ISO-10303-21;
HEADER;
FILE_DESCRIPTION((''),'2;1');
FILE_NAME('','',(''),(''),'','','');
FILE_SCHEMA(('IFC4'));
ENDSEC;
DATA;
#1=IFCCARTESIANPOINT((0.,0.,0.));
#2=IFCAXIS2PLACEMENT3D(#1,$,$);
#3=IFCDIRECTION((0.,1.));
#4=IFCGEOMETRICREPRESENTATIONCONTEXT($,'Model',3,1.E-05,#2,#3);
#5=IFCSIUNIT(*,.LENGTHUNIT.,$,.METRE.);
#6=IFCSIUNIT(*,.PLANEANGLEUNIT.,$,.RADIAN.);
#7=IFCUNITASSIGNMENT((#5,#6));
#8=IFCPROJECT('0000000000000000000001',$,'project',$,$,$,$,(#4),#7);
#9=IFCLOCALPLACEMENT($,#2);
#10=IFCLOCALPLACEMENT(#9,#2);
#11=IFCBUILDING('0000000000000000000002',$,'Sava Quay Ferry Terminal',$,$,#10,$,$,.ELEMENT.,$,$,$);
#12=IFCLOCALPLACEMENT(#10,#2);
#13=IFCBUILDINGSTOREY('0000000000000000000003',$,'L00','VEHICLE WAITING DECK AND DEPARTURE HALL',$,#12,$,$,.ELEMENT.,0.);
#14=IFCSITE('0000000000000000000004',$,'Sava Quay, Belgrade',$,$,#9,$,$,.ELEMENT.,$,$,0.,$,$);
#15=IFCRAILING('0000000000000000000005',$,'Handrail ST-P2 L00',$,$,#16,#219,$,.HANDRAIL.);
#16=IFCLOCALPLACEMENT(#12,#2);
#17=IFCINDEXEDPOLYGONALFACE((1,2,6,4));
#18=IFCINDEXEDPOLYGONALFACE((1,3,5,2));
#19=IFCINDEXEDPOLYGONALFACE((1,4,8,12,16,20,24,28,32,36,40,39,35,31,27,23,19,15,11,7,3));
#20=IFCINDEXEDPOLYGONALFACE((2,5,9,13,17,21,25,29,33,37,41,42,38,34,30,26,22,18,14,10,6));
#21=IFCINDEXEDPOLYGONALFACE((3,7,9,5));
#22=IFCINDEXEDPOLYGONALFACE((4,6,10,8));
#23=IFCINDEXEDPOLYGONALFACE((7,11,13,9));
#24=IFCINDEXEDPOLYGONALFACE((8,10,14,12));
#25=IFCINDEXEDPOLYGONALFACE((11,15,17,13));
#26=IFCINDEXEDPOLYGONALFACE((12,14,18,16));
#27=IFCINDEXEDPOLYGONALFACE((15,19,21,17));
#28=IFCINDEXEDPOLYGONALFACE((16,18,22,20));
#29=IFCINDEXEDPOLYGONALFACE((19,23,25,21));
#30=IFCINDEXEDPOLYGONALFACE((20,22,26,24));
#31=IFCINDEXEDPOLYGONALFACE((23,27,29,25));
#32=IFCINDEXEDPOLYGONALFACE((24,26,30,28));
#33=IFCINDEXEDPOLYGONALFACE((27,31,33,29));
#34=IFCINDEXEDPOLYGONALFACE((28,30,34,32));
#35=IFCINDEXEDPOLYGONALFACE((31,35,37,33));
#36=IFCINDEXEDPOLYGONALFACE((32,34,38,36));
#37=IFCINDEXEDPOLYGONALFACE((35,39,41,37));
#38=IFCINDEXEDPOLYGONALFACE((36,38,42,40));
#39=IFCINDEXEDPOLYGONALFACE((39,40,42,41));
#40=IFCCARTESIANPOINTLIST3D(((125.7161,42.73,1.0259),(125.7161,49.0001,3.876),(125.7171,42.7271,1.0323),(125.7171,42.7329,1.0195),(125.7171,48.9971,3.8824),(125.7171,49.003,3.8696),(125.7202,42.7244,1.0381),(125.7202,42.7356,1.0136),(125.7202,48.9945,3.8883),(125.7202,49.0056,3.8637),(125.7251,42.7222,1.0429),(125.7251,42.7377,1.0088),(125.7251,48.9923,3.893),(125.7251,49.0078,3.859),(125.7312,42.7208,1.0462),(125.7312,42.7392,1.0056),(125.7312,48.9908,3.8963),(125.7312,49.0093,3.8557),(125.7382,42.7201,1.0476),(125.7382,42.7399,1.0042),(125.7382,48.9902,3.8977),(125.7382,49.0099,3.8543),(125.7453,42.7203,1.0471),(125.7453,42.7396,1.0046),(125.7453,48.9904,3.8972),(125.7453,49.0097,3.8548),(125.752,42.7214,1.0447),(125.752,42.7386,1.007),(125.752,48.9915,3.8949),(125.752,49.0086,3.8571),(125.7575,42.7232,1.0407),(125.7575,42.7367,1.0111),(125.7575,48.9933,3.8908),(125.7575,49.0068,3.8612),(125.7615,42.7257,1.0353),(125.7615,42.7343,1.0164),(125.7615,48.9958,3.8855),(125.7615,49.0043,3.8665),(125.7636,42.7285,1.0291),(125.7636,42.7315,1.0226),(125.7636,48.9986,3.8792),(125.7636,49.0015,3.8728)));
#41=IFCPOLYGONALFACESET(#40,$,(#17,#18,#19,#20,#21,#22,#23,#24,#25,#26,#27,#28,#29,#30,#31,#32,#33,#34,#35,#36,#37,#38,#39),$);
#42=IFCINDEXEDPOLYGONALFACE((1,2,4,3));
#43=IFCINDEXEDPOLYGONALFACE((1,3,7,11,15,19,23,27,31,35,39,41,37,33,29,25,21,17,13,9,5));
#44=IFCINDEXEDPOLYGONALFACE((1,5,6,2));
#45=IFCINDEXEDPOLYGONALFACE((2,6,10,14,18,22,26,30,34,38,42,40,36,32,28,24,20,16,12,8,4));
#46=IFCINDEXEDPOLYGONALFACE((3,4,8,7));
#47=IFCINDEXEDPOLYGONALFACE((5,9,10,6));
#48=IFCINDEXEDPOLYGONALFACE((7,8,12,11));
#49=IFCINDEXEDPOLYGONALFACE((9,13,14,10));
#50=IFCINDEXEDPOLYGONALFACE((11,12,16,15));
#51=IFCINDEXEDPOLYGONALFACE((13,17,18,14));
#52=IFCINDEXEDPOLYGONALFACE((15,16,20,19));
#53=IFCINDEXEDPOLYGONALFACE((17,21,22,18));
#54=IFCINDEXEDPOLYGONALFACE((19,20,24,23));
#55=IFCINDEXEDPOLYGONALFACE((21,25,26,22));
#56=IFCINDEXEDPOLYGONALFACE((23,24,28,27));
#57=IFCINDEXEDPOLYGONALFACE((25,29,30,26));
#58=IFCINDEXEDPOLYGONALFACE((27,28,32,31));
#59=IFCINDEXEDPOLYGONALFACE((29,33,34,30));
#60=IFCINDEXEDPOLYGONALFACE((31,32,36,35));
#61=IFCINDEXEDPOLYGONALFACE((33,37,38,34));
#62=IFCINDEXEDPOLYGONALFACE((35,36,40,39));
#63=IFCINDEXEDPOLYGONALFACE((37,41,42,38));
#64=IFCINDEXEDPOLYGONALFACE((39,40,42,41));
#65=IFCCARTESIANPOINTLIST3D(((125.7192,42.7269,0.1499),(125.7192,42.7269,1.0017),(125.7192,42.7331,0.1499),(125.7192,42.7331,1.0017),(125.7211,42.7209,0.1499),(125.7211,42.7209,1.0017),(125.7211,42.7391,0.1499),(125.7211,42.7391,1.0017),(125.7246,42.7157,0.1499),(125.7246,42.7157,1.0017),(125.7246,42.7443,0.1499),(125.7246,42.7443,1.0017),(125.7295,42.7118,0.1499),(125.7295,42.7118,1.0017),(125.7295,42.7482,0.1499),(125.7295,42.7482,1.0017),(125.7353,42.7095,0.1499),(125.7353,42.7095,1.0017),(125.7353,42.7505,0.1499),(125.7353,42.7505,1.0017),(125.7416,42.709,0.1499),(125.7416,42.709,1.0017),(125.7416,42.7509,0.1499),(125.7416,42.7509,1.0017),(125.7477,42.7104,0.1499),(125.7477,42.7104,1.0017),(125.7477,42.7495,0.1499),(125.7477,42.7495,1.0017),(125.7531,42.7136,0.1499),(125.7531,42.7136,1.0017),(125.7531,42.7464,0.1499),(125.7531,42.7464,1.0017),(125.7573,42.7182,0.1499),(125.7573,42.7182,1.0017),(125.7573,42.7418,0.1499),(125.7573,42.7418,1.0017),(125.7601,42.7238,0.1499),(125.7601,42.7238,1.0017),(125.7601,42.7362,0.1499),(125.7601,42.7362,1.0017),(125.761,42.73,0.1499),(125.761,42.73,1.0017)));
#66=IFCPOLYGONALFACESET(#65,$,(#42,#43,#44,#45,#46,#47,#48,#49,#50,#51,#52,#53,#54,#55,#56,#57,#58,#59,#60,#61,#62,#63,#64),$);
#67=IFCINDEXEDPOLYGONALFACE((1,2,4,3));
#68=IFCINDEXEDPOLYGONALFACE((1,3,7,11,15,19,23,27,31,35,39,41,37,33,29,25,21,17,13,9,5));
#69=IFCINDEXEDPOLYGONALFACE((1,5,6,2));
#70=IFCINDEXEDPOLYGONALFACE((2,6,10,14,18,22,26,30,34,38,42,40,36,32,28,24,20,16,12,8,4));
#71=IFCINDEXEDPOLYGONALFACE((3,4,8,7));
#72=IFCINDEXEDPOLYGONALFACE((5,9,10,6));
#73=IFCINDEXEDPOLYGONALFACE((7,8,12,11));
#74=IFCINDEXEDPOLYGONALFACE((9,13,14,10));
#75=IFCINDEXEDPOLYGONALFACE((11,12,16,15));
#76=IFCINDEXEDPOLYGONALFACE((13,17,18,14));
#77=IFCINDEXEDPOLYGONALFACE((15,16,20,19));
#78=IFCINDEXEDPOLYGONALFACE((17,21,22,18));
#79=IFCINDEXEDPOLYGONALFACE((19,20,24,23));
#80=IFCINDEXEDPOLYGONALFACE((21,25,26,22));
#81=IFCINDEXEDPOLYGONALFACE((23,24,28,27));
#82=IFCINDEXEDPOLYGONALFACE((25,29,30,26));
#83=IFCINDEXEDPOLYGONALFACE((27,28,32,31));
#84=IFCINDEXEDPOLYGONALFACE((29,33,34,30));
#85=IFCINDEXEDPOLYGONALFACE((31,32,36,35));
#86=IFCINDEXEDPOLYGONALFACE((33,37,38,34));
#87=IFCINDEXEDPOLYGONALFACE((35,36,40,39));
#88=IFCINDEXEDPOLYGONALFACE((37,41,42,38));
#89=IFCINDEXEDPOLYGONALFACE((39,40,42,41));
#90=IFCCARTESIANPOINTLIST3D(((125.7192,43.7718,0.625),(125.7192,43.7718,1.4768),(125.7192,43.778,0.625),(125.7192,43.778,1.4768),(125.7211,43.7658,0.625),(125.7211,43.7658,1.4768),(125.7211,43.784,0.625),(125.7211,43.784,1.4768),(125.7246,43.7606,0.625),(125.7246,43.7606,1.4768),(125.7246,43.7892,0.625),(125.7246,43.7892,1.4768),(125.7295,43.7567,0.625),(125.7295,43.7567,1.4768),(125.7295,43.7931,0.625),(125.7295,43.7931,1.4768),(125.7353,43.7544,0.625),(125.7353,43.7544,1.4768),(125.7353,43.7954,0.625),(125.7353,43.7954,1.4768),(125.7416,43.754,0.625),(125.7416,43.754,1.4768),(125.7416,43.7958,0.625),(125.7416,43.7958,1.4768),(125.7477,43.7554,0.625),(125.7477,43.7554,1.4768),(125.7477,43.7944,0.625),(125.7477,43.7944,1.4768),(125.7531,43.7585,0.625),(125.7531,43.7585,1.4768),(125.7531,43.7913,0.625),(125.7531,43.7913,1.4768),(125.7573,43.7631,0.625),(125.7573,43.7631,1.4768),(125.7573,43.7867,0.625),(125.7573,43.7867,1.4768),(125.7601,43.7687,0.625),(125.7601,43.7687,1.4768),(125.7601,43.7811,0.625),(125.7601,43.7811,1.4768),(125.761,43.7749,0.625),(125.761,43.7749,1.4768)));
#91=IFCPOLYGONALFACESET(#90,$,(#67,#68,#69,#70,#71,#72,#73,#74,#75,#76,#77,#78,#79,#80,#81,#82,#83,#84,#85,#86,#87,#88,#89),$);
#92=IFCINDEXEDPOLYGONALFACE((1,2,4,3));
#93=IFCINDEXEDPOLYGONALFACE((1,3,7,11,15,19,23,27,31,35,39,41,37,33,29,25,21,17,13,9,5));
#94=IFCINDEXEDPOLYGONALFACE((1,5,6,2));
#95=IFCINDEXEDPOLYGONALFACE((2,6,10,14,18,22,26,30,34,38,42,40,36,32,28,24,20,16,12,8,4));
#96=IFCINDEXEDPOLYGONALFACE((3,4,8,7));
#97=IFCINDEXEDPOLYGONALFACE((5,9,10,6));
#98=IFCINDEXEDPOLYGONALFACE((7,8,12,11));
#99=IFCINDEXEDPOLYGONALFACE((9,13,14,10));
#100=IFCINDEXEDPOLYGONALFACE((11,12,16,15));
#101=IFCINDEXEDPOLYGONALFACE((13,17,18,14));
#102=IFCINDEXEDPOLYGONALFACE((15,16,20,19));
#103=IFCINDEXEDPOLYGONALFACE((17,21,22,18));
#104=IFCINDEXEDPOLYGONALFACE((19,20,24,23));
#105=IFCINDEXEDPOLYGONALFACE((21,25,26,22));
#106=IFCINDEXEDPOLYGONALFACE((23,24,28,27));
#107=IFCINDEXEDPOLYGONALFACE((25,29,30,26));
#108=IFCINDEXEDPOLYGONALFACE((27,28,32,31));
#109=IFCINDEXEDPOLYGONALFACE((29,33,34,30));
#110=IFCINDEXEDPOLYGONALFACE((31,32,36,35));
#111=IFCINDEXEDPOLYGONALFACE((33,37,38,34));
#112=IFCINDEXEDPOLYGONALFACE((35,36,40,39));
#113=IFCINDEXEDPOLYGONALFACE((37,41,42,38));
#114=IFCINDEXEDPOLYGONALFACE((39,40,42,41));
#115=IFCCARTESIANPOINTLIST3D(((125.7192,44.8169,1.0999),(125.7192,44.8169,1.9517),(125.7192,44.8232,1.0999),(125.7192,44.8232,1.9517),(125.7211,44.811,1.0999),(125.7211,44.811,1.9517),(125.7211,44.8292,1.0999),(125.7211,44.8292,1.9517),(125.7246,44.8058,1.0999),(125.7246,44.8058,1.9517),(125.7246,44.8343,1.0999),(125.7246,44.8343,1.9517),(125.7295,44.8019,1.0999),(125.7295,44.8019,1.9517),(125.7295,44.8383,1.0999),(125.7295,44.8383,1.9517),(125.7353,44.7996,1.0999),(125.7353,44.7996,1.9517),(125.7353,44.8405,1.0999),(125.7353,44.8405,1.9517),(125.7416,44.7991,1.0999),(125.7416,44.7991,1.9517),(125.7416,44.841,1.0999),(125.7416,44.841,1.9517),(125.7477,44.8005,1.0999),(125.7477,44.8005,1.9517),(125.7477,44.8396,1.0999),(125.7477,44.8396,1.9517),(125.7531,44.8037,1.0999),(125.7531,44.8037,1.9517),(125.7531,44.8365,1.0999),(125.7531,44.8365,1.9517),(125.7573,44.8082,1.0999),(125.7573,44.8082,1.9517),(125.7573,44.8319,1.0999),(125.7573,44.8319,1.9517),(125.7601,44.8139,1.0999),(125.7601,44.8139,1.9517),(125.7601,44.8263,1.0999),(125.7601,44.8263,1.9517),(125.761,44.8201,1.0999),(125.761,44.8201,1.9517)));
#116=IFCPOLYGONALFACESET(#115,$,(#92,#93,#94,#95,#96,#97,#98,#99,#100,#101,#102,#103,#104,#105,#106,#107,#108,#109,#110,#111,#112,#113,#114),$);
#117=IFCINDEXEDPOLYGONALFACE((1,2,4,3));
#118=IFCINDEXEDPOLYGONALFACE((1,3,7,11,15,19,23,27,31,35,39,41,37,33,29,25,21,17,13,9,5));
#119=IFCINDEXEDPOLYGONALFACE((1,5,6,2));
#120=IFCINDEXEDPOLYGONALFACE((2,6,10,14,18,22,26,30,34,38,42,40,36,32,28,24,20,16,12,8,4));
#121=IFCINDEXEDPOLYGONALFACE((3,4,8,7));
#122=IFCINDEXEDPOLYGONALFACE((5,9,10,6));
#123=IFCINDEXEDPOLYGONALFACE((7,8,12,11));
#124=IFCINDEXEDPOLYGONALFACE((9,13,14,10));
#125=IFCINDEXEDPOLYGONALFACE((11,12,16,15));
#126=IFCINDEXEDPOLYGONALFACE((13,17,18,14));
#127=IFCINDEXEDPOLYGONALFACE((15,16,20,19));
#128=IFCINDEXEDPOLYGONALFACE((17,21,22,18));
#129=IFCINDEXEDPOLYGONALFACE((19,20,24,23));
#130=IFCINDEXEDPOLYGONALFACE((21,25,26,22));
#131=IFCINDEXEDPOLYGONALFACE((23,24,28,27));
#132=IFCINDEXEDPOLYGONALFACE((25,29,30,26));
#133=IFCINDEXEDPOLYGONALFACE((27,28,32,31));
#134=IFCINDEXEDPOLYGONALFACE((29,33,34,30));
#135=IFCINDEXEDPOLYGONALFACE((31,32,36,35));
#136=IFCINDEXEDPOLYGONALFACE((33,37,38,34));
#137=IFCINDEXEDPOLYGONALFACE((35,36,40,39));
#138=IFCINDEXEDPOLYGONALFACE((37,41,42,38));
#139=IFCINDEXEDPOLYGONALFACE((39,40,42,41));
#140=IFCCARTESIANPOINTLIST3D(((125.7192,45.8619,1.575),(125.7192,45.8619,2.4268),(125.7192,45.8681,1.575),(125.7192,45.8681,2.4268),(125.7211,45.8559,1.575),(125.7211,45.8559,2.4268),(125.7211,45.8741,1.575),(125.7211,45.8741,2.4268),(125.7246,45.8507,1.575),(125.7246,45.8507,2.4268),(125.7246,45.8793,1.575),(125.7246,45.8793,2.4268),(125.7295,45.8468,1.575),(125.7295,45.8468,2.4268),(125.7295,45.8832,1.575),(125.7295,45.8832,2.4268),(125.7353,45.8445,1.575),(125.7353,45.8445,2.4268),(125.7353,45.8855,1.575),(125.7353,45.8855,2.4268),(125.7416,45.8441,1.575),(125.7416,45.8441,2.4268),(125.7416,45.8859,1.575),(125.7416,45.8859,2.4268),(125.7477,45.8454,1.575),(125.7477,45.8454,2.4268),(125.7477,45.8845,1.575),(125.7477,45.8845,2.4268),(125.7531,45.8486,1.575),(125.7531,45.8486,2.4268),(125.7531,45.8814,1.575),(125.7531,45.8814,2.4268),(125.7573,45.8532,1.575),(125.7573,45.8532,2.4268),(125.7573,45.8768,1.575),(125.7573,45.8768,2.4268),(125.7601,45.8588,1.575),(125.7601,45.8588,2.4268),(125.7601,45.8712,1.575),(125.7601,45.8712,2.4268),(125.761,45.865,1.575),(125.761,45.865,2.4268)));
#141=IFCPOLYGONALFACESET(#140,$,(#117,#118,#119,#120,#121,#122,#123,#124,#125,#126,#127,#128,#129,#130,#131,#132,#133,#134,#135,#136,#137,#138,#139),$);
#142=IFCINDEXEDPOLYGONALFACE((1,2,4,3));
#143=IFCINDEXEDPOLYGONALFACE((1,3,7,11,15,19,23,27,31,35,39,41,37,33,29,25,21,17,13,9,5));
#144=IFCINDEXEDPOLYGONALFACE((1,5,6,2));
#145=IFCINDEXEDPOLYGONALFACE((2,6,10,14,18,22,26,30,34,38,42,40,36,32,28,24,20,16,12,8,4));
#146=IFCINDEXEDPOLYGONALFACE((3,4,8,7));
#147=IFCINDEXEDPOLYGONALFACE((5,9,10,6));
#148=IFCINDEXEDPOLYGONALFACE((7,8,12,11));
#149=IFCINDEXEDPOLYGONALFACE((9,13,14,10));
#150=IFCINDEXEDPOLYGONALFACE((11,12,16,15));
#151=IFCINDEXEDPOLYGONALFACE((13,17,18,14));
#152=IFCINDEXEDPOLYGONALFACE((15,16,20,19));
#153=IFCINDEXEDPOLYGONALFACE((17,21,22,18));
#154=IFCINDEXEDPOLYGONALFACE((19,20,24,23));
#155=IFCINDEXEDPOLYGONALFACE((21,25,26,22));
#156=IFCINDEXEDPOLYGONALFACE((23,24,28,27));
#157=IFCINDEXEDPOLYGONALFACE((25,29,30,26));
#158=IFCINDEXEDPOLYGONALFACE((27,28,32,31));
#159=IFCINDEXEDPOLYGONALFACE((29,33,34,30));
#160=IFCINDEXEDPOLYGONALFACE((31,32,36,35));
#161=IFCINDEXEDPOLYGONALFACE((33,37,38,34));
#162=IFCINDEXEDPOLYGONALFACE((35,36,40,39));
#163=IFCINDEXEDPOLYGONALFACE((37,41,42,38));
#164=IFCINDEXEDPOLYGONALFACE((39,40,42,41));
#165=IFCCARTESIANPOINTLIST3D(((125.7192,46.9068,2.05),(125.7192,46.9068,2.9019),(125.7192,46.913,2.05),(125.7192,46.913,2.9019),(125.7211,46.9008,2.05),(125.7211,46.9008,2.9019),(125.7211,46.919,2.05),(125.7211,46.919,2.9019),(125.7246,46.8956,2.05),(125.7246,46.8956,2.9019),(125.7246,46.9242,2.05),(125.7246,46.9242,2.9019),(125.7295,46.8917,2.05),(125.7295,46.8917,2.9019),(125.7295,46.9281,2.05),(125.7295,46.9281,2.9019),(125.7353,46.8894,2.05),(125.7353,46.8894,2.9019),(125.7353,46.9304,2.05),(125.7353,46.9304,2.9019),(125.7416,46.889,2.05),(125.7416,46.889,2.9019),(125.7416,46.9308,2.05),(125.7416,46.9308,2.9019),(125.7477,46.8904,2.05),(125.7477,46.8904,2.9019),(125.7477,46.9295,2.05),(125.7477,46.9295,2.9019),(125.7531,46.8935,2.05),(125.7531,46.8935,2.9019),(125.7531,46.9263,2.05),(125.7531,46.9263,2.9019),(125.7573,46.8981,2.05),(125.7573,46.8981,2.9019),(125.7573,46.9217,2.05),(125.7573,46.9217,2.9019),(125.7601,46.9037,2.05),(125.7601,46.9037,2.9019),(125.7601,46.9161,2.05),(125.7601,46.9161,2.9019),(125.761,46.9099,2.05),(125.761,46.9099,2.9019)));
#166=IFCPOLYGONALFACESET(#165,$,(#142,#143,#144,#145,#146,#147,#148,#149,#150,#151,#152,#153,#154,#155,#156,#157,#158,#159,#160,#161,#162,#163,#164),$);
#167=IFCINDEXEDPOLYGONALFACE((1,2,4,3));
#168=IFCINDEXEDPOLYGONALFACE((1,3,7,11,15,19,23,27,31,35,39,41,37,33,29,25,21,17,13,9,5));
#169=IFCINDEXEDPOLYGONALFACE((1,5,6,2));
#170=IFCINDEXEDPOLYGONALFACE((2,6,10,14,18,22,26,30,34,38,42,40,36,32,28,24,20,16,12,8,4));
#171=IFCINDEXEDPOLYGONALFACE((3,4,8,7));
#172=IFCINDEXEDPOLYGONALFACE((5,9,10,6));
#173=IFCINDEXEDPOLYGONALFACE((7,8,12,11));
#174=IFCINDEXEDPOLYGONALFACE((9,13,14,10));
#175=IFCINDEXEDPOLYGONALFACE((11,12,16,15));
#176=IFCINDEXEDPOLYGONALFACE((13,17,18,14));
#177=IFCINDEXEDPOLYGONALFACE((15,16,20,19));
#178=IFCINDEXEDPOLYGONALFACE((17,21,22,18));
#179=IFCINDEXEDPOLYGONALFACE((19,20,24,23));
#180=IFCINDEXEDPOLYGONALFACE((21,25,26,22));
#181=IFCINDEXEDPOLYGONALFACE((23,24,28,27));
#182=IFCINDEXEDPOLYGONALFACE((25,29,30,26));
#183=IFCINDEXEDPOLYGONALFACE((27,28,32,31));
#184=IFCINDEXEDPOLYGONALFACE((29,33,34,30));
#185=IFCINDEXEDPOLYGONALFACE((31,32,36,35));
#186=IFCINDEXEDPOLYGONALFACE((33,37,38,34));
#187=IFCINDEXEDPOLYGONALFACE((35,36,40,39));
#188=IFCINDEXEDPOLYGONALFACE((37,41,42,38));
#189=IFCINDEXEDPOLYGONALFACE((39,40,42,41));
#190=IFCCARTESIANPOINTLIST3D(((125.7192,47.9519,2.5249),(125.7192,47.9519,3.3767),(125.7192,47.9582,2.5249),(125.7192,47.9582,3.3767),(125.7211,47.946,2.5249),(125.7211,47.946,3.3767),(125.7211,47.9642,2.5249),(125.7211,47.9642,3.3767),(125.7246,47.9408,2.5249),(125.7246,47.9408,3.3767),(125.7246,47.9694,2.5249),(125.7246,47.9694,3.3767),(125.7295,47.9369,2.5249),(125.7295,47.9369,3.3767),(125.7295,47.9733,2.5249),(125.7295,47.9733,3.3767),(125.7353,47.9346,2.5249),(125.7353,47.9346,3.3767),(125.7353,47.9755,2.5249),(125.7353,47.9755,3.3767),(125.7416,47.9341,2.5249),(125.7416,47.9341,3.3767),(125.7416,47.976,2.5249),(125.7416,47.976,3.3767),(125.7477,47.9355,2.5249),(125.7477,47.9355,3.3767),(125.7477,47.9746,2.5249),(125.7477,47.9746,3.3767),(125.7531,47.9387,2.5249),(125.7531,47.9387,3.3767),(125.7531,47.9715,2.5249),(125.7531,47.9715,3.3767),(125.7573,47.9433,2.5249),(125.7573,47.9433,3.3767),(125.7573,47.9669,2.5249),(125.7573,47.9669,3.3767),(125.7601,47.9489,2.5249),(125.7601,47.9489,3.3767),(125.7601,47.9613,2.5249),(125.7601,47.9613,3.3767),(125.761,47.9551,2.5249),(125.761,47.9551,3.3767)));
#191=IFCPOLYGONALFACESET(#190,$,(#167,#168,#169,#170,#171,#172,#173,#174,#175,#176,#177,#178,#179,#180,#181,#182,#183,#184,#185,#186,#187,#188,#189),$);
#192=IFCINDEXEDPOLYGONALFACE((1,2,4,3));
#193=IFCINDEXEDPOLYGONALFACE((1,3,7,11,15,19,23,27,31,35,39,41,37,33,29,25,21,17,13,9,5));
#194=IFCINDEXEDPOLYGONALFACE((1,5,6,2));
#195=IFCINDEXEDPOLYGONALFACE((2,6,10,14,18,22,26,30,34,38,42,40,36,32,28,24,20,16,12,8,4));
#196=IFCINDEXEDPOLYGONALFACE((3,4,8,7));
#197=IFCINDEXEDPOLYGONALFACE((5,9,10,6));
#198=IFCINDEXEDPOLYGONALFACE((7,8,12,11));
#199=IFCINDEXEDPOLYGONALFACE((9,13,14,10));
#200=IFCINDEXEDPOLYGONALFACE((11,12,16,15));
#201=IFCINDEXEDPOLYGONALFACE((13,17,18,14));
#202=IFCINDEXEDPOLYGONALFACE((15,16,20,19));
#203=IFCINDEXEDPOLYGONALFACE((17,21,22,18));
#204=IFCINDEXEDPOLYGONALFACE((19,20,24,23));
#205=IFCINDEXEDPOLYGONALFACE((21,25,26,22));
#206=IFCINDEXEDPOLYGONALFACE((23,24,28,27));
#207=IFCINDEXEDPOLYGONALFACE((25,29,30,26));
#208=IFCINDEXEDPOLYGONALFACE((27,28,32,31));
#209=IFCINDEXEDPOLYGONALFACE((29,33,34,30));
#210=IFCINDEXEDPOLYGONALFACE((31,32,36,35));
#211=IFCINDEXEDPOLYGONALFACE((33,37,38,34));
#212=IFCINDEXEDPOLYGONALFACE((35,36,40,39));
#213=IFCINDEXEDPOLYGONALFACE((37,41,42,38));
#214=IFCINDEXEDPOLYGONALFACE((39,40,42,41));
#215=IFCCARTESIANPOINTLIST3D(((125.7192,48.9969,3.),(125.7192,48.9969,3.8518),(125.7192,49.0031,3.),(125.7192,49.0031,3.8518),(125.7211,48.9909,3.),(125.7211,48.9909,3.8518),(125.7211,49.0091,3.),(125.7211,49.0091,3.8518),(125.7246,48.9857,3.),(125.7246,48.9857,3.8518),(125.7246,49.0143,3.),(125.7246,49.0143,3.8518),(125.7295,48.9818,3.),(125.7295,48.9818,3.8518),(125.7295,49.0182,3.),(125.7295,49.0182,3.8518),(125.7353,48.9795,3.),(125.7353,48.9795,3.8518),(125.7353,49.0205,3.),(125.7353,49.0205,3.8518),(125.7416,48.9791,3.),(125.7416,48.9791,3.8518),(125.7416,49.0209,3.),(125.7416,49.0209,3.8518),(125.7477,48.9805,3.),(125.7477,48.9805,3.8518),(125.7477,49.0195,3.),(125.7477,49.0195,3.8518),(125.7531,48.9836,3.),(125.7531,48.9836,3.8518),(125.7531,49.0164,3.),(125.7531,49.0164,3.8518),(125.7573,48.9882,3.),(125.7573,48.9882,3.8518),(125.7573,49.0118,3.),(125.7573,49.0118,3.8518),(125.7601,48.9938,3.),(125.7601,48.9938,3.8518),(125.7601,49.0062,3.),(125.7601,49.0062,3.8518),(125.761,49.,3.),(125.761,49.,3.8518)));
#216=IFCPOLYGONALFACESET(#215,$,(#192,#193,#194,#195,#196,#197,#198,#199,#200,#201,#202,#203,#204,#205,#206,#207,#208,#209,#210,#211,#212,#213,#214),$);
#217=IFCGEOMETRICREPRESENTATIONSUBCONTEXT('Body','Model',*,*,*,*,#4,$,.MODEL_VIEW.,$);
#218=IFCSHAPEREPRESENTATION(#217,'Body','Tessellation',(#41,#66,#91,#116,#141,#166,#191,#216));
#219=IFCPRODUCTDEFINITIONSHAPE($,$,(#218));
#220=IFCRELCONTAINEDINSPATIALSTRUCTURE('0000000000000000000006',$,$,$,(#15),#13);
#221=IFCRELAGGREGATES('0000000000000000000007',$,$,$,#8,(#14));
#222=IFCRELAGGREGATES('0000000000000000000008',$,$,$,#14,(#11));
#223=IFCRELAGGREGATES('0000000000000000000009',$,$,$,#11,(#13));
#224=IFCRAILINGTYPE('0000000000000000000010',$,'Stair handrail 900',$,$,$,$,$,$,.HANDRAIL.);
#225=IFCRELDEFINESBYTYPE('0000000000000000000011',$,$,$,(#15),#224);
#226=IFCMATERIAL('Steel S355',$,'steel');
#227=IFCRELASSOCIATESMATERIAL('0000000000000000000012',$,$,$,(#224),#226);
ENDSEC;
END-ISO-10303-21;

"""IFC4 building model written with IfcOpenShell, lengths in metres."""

from ifc_helpers import new_model, si_unit, direction, frame, origin, origin_2d, place, context, subcontext, project, spatial, circle, extrude, material, type_object, element, save


model = new_model("IFC4")

# Units and contexts
model_context = context("Model", 3, precision=1e-05, world=origin(), true_north=direction((0.0, 1.0)))
body_context = subcontext(model_context, "Body", "Model", "MODEL_VIEW")
ifc_project = project(units=[si_unit("LENGTHUNIT", "METRE"), si_unit("PLANEANGLEUNIT", "RADIAN")], contexts=[model_context])

# Site, building, storey
site_placement = place(None, origin())
site = spatial("IfcSite", under=ifc_project, at=site_placement, Name="Sava Quay, Belgrade", CompositionType="ELEMENT", RefElevation=0.0)
building_placement = place(site_placement, origin())
building = spatial("IfcBuilding", under=site, at=building_placement, Name="Sava Quay Ferry Terminal", CompositionType="ELEMENT")
storey_placement = place(building_placement, origin())
storey = spatial("IfcBuildingStorey", under=building, at=storey_placement, Name="L00", Description="VEHICLE WAITING DECK AND DEPARTURE HALL", CompositionType="ELEMENT", Elevation=0.0)

# Railing
ifc_material_1 = material(Name="Steel S355", Category="steel")
railing_type_1 = type_object("IfcRailingType", Name="Stair handrail 900", PredefinedType="HANDRAIL", material=ifc_material_1)
railing_1_placement = place(storey_placement, frame((125.74, 42.73, 0.1499)))
element("IfcRailing", 1, at=railing_1_placement, inside=storey, type_object=railing_type_1, Name="Handrail ST-P2 L00", PredefinedType="HANDRAIL", context=body_context, shape_type="SweptSolid", body=[
    extrude(circle(Radius=0.0239, at=origin_2d()), frame((0.0, 0.0, 0.876), z_axis=(0.0, 0.910362, 0.413814), x_axis=(-1.0, 0.0, 0.0)), (0.0, 0.0, 1.0), 6.8875),
    extrude(circle(Radius=0.021, at=origin_2d()), origin(), (0.0, 0.0, 1.0), 0.8518),
    extrude(circle(Radius=0.021, at=origin_2d()), frame((0.0, 1.0449, 0.4751)), (0.0, 0.0, 1.0), 0.8518),
    extrude(circle(Radius=0.021, at=origin_2d()), frame((0.0, 2.0901, 0.95)), (0.0, 0.0, 1.0), 0.8518),
    extrude(circle(Radius=0.021, at=origin_2d()), frame((0.0, 3.135, 1.425)), (0.0, 0.0, 1.0), 0.8518),
    extrude(circle(Radius=0.021, at=origin_2d()), frame((0.0, 4.1799, 1.9001)), (0.0, 0.0, 1.0), 0.8518),
    extrude(circle(Radius=0.021, at=origin_2d()), frame((0.0, 5.2251, 2.375)), (0.0, 0.0, 1.0), 0.8518),
    extrude(circle(Radius=0.021, at=origin_2d()), frame((0.0, 6.27, 2.8501)), (0.0, 0.0, 1.0), 0.8518),
])

save(model, "model.ifc")
